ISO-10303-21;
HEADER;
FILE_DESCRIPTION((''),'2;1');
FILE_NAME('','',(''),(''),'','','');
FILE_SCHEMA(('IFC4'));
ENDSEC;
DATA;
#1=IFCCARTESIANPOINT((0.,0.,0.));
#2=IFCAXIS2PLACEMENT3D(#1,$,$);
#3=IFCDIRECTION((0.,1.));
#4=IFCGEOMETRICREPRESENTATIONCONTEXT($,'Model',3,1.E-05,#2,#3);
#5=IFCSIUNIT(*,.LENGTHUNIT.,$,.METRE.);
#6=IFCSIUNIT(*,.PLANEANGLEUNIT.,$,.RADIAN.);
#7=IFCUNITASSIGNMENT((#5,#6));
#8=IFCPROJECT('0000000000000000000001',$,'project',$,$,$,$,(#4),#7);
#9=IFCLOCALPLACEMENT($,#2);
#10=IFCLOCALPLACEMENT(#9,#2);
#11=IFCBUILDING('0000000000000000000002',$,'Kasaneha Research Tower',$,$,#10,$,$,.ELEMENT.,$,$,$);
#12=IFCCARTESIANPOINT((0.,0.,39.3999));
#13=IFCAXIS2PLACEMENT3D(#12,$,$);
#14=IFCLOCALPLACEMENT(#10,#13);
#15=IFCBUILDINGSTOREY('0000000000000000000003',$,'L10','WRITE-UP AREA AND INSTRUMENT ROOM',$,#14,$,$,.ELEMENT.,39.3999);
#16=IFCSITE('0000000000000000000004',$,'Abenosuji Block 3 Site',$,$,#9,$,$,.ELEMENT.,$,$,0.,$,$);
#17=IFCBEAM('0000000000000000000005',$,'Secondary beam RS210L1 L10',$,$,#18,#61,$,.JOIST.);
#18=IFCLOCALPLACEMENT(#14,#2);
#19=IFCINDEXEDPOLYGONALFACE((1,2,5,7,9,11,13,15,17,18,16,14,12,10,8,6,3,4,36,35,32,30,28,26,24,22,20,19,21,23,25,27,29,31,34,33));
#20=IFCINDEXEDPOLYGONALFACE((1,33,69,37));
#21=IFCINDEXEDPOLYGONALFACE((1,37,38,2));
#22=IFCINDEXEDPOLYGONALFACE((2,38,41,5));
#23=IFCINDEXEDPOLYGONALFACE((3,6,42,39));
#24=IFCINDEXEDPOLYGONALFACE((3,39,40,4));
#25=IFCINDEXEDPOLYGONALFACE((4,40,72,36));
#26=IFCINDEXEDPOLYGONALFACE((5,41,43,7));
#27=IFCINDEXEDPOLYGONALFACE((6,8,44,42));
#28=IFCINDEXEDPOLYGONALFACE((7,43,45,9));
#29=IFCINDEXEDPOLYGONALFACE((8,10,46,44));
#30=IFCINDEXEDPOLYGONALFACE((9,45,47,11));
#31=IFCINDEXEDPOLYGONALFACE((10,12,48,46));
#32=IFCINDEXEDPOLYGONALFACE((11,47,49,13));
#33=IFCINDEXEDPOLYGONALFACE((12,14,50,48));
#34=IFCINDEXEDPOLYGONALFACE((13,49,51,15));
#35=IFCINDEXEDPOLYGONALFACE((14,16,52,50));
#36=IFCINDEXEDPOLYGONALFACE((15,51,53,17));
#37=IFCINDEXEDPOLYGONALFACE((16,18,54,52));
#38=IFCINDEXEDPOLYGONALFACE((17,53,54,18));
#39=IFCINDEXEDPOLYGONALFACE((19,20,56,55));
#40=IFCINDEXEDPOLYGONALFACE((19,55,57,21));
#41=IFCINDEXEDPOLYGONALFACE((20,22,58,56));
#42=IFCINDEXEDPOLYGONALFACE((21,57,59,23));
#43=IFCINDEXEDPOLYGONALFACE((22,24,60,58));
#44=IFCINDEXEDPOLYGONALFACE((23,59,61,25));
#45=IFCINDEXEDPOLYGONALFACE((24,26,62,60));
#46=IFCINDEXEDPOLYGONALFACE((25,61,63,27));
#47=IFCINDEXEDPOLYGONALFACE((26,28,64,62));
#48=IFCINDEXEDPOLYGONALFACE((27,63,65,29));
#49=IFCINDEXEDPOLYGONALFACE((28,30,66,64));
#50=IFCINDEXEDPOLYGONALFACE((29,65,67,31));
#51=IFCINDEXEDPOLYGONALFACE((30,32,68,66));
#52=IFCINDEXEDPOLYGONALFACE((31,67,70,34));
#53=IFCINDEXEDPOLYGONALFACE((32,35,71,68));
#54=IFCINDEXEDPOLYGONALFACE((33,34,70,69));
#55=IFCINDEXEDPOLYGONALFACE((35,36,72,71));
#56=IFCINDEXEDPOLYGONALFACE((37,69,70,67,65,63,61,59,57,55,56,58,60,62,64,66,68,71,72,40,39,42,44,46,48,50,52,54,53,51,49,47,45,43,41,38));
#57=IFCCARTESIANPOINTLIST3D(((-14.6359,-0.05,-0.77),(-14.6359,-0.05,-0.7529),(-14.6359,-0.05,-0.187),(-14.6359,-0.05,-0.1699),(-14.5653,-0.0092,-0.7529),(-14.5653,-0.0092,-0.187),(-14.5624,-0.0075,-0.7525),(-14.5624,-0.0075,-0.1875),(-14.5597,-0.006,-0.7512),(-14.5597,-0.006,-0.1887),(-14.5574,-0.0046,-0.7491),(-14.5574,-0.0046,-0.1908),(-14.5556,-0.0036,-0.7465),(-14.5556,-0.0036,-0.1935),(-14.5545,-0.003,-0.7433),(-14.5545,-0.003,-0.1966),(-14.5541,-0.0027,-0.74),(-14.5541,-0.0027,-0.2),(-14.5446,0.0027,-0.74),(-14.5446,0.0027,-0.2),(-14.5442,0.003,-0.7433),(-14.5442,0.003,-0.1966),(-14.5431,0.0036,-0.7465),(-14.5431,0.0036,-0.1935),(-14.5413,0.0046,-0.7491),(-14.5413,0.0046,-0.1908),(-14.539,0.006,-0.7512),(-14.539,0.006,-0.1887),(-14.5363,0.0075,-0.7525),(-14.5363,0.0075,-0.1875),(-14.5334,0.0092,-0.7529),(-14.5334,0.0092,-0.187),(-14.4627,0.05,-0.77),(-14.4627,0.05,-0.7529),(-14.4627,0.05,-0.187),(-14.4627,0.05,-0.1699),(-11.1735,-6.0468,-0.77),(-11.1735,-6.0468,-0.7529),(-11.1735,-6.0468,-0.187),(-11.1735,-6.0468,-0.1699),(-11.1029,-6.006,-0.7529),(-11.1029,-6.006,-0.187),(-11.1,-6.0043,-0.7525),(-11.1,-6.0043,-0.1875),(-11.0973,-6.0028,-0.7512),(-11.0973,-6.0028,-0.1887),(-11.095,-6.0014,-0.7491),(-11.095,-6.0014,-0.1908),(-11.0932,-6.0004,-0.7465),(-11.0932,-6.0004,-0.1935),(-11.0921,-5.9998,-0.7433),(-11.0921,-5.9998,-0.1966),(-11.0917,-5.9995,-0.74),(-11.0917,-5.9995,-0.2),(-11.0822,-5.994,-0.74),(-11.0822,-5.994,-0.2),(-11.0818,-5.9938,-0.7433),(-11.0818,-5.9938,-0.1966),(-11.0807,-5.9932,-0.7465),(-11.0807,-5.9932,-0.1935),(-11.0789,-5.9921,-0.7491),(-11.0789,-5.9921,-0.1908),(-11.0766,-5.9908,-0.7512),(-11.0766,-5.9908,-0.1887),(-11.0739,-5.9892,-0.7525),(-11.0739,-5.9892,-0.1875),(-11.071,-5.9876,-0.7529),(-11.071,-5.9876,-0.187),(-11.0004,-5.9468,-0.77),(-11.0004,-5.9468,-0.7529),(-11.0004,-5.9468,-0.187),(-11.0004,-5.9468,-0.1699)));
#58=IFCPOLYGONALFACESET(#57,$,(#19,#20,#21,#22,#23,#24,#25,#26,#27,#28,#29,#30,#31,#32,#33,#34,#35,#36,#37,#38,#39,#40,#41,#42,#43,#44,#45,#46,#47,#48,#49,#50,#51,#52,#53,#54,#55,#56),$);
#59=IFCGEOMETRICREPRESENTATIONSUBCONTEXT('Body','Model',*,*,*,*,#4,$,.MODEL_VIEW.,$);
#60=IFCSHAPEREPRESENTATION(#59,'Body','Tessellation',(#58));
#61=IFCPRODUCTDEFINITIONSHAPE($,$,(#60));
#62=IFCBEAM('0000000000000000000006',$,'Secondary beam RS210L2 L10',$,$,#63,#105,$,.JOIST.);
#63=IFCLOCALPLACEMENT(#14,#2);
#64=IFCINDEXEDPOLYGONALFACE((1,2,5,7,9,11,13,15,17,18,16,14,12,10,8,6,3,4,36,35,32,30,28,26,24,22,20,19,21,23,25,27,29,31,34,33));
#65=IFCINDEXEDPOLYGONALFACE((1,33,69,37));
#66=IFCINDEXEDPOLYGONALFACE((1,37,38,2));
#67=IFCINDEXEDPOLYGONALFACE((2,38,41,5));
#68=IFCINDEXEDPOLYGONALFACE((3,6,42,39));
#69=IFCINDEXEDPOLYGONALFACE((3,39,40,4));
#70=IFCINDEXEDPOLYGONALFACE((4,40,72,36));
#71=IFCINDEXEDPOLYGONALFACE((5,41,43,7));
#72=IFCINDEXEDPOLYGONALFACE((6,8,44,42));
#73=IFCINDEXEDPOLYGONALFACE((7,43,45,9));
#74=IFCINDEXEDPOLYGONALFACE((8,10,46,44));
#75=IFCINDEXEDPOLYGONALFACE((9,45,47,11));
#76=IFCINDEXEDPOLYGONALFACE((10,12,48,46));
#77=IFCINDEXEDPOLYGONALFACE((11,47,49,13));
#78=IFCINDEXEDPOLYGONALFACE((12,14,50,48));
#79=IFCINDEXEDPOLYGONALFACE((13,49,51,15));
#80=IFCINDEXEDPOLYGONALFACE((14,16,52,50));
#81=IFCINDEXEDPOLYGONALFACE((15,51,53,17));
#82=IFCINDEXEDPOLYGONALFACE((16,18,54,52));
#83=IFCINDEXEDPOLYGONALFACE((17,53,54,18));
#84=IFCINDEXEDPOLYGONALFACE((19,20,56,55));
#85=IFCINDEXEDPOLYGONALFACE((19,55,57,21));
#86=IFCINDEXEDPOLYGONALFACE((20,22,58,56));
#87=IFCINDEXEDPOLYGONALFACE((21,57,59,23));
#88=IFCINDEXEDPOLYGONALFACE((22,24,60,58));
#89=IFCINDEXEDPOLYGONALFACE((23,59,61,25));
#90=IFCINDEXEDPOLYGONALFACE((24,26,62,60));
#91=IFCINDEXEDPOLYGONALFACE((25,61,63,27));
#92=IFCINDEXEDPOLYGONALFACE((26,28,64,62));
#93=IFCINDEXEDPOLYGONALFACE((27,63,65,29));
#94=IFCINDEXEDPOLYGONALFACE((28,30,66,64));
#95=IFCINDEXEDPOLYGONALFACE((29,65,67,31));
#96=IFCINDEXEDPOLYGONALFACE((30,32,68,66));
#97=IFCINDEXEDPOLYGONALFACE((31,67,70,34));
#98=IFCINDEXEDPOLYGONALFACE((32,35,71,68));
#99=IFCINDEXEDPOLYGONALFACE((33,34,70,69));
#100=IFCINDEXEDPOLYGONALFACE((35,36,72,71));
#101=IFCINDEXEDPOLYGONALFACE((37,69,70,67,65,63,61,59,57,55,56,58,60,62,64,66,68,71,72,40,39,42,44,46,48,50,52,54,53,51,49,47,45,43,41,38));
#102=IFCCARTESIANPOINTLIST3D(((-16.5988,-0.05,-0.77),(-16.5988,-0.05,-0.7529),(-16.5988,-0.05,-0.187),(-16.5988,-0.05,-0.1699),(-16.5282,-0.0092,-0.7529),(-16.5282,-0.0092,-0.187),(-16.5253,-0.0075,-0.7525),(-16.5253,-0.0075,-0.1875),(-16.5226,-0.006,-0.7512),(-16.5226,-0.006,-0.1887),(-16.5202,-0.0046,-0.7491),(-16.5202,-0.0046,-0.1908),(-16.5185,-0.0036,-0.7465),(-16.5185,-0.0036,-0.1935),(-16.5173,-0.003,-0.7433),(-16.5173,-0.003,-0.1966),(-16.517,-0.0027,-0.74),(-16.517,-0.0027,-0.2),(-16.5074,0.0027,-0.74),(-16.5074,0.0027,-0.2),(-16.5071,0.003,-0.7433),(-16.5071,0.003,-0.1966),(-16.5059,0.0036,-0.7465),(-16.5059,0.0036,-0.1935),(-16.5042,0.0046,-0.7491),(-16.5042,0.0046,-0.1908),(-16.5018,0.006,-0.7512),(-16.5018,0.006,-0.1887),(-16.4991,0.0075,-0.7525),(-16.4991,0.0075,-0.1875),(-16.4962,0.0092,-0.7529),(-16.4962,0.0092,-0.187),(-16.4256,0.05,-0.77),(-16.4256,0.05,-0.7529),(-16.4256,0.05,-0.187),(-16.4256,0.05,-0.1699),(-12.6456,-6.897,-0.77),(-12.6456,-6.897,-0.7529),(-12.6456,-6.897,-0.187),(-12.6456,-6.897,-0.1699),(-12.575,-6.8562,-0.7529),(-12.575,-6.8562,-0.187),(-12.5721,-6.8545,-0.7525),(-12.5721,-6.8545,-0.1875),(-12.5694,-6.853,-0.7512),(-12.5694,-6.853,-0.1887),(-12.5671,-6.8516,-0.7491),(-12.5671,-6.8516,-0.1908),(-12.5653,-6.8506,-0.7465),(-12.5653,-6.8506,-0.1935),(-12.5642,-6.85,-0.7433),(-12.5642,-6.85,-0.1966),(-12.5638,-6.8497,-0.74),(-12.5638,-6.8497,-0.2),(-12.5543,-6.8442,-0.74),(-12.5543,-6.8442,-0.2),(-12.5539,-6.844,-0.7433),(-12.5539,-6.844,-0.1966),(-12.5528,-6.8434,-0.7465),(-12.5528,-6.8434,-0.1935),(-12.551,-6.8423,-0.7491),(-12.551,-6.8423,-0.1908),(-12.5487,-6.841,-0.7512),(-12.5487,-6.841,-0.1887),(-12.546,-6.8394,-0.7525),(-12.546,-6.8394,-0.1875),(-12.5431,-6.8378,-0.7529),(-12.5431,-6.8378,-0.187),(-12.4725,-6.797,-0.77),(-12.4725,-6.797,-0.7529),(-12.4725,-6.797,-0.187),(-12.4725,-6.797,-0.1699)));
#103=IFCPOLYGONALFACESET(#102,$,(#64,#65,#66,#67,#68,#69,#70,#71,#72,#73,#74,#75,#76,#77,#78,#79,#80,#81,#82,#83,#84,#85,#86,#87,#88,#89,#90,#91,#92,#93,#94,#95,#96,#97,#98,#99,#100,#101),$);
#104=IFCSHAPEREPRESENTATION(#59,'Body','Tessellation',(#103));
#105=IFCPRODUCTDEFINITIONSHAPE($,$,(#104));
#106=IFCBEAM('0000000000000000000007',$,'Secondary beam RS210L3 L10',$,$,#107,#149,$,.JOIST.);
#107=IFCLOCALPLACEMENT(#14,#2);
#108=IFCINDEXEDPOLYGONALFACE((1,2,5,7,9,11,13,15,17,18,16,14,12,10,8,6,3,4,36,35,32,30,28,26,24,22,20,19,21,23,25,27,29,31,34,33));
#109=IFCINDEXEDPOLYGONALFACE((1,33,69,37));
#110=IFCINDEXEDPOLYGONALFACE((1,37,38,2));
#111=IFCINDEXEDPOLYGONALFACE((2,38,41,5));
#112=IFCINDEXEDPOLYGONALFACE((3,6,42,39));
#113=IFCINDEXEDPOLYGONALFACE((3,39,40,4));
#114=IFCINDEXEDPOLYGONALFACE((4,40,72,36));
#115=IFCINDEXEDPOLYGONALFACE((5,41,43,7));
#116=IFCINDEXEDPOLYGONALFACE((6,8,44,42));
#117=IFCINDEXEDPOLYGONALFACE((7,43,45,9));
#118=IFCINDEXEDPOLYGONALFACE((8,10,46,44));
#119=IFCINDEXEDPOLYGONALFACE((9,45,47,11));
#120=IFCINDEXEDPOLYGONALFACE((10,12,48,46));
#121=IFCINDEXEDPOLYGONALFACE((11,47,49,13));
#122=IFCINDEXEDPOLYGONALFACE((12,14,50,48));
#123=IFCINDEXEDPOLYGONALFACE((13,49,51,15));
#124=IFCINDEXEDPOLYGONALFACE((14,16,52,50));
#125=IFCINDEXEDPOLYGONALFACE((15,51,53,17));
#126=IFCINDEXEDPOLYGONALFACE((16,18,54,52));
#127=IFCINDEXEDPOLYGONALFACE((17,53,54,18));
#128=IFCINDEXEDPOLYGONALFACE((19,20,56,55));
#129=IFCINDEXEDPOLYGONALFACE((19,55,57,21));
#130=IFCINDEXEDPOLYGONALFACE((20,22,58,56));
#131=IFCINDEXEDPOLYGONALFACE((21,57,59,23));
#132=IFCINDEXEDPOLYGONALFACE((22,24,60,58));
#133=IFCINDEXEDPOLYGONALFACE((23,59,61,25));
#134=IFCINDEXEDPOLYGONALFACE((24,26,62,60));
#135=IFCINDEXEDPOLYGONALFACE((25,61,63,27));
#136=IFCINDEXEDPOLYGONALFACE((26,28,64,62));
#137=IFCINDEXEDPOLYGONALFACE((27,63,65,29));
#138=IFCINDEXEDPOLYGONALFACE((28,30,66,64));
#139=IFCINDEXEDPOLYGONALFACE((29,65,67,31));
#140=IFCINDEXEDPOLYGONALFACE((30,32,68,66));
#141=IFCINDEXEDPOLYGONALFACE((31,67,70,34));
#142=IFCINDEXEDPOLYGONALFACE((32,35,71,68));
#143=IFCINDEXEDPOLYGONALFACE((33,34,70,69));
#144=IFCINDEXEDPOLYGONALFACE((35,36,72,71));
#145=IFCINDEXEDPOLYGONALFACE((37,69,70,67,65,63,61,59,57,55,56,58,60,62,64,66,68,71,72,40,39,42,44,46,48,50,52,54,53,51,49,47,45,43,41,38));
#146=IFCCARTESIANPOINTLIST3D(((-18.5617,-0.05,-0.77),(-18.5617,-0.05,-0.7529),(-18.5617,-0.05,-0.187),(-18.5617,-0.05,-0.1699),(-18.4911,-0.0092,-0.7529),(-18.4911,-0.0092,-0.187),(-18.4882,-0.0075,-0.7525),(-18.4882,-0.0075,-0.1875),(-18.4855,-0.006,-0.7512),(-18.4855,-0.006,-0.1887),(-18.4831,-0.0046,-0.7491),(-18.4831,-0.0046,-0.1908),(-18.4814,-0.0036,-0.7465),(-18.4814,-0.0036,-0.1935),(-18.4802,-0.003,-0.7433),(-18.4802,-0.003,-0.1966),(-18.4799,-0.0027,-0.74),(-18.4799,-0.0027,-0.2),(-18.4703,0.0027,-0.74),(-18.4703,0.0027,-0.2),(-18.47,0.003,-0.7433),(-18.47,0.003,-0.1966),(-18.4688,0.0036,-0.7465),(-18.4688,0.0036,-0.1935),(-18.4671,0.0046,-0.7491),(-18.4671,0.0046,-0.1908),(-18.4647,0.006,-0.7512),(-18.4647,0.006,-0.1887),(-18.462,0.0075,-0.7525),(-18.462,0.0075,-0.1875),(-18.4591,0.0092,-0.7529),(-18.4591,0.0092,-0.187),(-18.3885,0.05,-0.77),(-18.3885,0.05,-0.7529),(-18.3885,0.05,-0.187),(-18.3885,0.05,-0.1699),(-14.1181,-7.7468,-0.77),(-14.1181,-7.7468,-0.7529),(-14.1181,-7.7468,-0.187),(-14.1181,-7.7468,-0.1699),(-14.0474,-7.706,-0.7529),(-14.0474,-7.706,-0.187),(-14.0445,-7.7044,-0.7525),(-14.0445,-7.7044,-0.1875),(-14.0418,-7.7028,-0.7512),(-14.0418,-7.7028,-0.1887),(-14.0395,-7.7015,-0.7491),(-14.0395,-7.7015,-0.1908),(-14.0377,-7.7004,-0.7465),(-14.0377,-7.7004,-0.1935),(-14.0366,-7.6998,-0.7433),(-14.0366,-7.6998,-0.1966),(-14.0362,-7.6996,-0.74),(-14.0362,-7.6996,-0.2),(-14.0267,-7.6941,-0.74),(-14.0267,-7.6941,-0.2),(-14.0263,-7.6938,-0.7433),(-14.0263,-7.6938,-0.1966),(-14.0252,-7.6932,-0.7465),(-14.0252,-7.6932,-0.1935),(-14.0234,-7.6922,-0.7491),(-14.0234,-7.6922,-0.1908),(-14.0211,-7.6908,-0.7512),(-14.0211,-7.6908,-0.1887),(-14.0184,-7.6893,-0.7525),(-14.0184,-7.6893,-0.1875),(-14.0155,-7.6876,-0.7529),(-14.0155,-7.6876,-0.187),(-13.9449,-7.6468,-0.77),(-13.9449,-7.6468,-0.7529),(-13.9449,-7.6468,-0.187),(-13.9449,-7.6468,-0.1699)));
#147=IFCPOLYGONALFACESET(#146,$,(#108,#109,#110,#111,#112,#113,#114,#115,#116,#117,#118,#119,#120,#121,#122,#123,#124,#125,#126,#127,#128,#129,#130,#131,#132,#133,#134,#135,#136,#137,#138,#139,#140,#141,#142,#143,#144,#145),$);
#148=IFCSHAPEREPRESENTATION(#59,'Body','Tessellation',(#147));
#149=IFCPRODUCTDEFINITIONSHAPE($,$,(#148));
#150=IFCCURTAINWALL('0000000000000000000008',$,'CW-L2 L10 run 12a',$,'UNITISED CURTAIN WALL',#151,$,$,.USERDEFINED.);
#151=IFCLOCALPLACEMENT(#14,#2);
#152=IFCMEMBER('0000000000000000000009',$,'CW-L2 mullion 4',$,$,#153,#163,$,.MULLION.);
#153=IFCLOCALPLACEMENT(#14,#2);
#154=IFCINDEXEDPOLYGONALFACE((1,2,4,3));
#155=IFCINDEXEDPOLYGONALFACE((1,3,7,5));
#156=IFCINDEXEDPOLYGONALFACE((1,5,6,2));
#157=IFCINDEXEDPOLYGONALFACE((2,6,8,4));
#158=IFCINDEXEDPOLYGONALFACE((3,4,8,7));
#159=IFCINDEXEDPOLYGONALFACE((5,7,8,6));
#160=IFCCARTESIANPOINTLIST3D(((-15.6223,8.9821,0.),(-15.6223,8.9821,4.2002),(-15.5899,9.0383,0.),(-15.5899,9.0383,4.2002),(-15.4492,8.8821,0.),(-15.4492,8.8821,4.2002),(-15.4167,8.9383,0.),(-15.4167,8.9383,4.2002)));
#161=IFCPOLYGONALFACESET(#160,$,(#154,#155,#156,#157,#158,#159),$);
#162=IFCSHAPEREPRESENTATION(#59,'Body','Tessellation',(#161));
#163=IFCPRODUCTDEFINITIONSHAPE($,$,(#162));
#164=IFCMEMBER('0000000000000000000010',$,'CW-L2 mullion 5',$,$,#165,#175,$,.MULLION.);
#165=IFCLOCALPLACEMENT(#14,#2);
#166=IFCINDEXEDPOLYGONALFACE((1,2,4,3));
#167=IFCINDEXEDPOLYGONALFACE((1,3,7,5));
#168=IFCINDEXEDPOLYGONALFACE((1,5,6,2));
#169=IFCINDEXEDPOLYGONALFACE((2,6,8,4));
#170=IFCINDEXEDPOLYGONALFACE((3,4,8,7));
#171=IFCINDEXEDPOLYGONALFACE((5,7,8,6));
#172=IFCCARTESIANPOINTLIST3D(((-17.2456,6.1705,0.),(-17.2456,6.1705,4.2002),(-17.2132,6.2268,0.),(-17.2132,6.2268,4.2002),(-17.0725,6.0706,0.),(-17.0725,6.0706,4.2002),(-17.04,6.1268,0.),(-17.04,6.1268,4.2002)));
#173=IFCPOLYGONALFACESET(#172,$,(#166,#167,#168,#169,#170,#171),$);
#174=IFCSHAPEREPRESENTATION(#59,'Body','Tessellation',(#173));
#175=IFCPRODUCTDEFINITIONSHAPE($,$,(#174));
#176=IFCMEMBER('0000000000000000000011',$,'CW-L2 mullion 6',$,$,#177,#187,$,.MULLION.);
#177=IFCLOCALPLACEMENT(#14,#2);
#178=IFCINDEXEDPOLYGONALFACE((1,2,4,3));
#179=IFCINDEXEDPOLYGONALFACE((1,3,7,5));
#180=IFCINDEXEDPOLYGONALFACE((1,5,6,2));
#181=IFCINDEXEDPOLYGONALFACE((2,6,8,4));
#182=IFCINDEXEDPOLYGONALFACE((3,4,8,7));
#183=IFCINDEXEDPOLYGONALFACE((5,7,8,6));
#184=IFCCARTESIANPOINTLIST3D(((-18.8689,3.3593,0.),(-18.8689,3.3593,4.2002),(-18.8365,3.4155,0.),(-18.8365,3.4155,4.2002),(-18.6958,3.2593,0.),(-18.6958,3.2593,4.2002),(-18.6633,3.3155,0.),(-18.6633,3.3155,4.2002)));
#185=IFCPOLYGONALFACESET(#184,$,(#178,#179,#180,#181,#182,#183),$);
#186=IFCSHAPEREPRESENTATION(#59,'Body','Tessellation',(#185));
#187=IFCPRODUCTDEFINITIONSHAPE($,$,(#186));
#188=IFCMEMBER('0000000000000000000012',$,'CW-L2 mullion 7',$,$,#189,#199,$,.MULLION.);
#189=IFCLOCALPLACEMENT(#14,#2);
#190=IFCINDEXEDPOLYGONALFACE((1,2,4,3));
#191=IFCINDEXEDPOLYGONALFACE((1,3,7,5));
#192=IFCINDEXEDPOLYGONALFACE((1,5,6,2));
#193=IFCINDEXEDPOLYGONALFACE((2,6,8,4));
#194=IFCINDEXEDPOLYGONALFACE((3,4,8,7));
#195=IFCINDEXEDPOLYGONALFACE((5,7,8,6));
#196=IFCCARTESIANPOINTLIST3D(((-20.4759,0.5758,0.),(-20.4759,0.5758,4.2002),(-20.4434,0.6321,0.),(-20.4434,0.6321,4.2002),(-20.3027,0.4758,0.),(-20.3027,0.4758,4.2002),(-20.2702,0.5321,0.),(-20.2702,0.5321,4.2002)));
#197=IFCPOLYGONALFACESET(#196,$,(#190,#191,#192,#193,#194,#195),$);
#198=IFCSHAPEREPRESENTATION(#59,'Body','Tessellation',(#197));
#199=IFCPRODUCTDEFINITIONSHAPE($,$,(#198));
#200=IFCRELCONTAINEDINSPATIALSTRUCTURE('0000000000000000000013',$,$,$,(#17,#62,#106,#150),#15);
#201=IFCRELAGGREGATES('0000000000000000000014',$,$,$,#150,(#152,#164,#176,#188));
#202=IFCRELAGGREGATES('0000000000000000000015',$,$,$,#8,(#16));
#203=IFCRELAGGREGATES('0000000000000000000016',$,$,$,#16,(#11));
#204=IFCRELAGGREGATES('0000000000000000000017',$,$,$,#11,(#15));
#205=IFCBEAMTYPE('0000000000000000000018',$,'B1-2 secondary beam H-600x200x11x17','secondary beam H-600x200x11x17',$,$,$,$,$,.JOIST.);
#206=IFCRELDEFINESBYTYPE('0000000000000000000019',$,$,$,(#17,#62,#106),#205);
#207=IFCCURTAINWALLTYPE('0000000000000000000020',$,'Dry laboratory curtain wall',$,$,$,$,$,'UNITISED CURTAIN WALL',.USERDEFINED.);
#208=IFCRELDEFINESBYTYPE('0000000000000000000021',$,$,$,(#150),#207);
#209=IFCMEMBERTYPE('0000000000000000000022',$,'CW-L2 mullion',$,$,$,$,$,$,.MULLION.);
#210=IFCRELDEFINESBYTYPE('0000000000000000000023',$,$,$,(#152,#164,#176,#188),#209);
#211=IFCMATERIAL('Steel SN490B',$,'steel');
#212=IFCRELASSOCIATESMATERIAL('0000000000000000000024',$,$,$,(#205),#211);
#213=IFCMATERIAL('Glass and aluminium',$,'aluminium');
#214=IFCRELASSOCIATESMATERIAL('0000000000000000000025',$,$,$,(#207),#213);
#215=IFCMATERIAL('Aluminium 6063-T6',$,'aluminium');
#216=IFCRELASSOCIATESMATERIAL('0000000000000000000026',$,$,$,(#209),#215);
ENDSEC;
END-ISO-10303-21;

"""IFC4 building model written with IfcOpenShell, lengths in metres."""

from ifc_helpers import new_model, si_unit, direction, frame, origin, origin_2d, place, context, subcontext, project, spatial, rectangle, i_section, extrude, material, material_profile, profile_set, type_object, element, aggregate, save


model = new_model("IFC4")

# Units and contexts
model_context = context("Model", 3, precision=1e-05, world=origin(), true_north=direction((0.0, 1.0)))
body_context = subcontext(model_context, "Body", "Model", "MODEL_VIEW")
ifc_project = project(units=[si_unit("LENGTHUNIT", "METRE"), si_unit("PLANEANGLEUNIT", "RADIAN")], contexts=[model_context])

# Site, building, storey
site_placement = place(None, origin())
site = spatial("IfcSite", under=ifc_project, at=site_placement, Name="Abenosuji Block 3 Site", CompositionType="ELEMENT", RefElevation=0.0)
building_placement = place(site_placement, origin())
building = spatial("IfcBuilding", under=site, at=building_placement, Name="Kasaneha Research Tower", CompositionType="ELEMENT")
storey_placement = place(building_placement, frame((0.0, 0.0, 39.3999)))
storey = spatial("IfcBuildingStorey", under=building, at=storey_placement, Name="L10", Description="WRITE-UP AREA AND INSTRUMENT ROOM", CompositionType="ELEMENT", Elevation=39.3999)

# Beams
ifc_material_1 = material(Name="Steel SN490B", Category="steel")
ifc_material_profile_1 = material_profile(ifc_material_1, i_section(OverallWidth=0.2, OverallDepth=0.6001, WebThickness=0.011, FlangeThickness=0.0171, FilletRadius=0.0129, at=origin_2d()), Name="H-600x200x11x17")
ifc_profile_set_1 = profile_set([ifc_material_profile_1], Name="Steel SN490B")
beam_type_1 = type_object("IfcBeamType", Name="B1-2 secondary beam H-600x200x11x17", Description="secondary beam H-600x200x11x17", PredefinedType="JOIST", material=ifc_profile_set_1)
beam_1_placement = place(storey_placement, frame((-14.5493, 0.0, -0.47), z_axis=(0.500014, -0.866017, 0.0), x_axis=(0.866017, 0.500014, 0.0)))
element("IfcBeam", 1, at=beam_1_placement, inside=storey, type_object=beam_type_1, Name="Secondary beam RS210L1 L10", PredefinedType="JOIST", context=body_context, shape_type="SweptSolid", body=[
    extrude(i_section(OverallWidth=0.2, OverallDepth=0.6001, WebThickness=0.011, FlangeThickness=0.0171, FilletRadius=0.0129, at=origin_2d()), origin(), (0.0, 0.0, 1.0), 6.9246),
])
beam_2_placement = place(storey_placement, frame((-16.5122, 0.0, -0.47), z_axis=(0.500005, -0.866023, 0.0), x_axis=(0.866023, 0.500005, 0.0)))
element("IfcBeam", 2, at=beam_2_placement, inside=storey, type_object=beam_type_1, Name="Secondary beam RS210L2 L10", PredefinedType="JOIST", context=body_context, shape_type="SweptSolid", body=[
    extrude(i_section(OverallWidth=0.2, OverallDepth=0.6001, WebThickness=0.011, FlangeThickness=0.0171, FilletRadius=0.0129, at=origin_2d()), origin(), (0.0, 0.0, 1.0), 7.9062),
])
beam_3_placement = place(storey_placement, frame((-18.4751, 0.0, -0.47), z_axis=(0.499989, -0.866032, 0.0), x_axis=(0.866032, 0.499989, 0.0)))
element("IfcBeam", 3, at=beam_3_placement, inside=storey, type_object=beam_type_1, Name="Secondary beam RS210L3 L10", PredefinedType="JOIST", context=body_context, shape_type="SweptSolid", body=[
    extrude(i_section(OverallWidth=0.2, OverallDepth=0.6001, WebThickness=0.011, FlangeThickness=0.0171, FilletRadius=0.0129, at=origin_2d()), origin(), (0.0, 0.0, 1.0), 8.8875),
])

# Curtain wall, members
ifc_material_2 = material(Name="Glass and aluminium", Category="aluminium")
curtain_wall_type = type_object("IfcCurtainWallType", Name="Dry laboratory curtain wall", ElementType="UNITISED CURTAIN WALL", PredefinedType="USERDEFINED", material=ifc_material_2)
curtain_wall_1_placement = place(storey_placement, origin())
curtain_wall_1 = element("IfcCurtainWall", 4, at=curtain_wall_1_placement, inside=storey, type_object=curtain_wall_type, Name="CW-L2 L10 run 12a", ObjectType="UNITISED CURTAIN WALL", PredefinedType="USERDEFINED")
ifc_material_3 = material(Name="Aluminium 6063-T6", Category="aluminium")
ifc_material_profile_2 = material_profile(ifc_material_3, rectangle(XDim=0.0649, YDim=0.2, at=origin_2d()), Name="CW-L2 mullion 65x200")
ifc_profile_set_2 = profile_set([ifc_material_profile_2], Name="Aluminium 6063-T6")
member_type_1 = type_object("IfcMemberType", Name="CW-L2 mullion", PredefinedType="MULLION", material=ifc_profile_set_2)
member_1_placement = place(storey_placement, frame((-15.5195, 8.9602, 0.0), z_axis=(0.0, 0.0, 1.0), x_axis=(-0.5, -0.866025, 0.0)))
member_1 = element("IfcMember", 5, at=member_1_placement, type_object=member_type_1, Name="CW-L2 mullion 4", PredefinedType="MULLION", context=body_context, shape_type="SweptSolid", body=[
    extrude(rectangle(XDim=0.0649, YDim=0.2, at=origin_2d()), origin(), (0.0, 0.0, 1.0), 4.2002),
])
member_2_placement = place(storey_placement, frame((-17.1428, 6.1487, 0.0), z_axis=(0.0, 0.0, 1.0), x_axis=(-0.5, -0.866025, 0.0)))
member_2 = element("IfcMember", 6, at=member_2_placement, type_object=member_type_1, Name="CW-L2 mullion 5", PredefinedType="MULLION", context=body_context, shape_type="SweptSolid", body=[
    extrude(rectangle(XDim=0.0649, YDim=0.2, at=origin_2d()), origin(), (0.0, 0.0, 1.0), 4.2002),
])
member_3_placement = place(storey_placement, frame((-18.7661, 3.3374, 0.0), z_axis=(0.0, 0.0, 1.0), x_axis=(-0.5, -0.866025, 0.0)))
member_3 = element("IfcMember", 7, at=member_3_placement, type_object=member_type_1, Name="CW-L2 mullion 6", PredefinedType="MULLION", context=body_context, shape_type="SweptSolid", body=[
    extrude(rectangle(XDim=0.0649, YDim=0.2, at=origin_2d()), origin(), (0.0, 0.0, 1.0), 4.2002),
])
member_4_placement = place(storey_placement, frame((-20.373, 0.554, 0.0), z_axis=(0.0, 0.0, 1.0), x_axis=(-0.5, -0.866025, 0.0)))
member_4 = element("IfcMember", 8, at=member_4_placement, type_object=member_type_1, Name="CW-L2 mullion 7", PredefinedType="MULLION", context=body_context, shape_type="SweptSolid", body=[
    extrude(rectangle(XDim=0.0649, YDim=0.2, at=origin_2d()), origin(), (0.0, 0.0, 1.0), 4.2002),
])

aggregate(curtain_wall_1, [member_1, member_2, member_3, member_4])

save(model, "model.ifc")
